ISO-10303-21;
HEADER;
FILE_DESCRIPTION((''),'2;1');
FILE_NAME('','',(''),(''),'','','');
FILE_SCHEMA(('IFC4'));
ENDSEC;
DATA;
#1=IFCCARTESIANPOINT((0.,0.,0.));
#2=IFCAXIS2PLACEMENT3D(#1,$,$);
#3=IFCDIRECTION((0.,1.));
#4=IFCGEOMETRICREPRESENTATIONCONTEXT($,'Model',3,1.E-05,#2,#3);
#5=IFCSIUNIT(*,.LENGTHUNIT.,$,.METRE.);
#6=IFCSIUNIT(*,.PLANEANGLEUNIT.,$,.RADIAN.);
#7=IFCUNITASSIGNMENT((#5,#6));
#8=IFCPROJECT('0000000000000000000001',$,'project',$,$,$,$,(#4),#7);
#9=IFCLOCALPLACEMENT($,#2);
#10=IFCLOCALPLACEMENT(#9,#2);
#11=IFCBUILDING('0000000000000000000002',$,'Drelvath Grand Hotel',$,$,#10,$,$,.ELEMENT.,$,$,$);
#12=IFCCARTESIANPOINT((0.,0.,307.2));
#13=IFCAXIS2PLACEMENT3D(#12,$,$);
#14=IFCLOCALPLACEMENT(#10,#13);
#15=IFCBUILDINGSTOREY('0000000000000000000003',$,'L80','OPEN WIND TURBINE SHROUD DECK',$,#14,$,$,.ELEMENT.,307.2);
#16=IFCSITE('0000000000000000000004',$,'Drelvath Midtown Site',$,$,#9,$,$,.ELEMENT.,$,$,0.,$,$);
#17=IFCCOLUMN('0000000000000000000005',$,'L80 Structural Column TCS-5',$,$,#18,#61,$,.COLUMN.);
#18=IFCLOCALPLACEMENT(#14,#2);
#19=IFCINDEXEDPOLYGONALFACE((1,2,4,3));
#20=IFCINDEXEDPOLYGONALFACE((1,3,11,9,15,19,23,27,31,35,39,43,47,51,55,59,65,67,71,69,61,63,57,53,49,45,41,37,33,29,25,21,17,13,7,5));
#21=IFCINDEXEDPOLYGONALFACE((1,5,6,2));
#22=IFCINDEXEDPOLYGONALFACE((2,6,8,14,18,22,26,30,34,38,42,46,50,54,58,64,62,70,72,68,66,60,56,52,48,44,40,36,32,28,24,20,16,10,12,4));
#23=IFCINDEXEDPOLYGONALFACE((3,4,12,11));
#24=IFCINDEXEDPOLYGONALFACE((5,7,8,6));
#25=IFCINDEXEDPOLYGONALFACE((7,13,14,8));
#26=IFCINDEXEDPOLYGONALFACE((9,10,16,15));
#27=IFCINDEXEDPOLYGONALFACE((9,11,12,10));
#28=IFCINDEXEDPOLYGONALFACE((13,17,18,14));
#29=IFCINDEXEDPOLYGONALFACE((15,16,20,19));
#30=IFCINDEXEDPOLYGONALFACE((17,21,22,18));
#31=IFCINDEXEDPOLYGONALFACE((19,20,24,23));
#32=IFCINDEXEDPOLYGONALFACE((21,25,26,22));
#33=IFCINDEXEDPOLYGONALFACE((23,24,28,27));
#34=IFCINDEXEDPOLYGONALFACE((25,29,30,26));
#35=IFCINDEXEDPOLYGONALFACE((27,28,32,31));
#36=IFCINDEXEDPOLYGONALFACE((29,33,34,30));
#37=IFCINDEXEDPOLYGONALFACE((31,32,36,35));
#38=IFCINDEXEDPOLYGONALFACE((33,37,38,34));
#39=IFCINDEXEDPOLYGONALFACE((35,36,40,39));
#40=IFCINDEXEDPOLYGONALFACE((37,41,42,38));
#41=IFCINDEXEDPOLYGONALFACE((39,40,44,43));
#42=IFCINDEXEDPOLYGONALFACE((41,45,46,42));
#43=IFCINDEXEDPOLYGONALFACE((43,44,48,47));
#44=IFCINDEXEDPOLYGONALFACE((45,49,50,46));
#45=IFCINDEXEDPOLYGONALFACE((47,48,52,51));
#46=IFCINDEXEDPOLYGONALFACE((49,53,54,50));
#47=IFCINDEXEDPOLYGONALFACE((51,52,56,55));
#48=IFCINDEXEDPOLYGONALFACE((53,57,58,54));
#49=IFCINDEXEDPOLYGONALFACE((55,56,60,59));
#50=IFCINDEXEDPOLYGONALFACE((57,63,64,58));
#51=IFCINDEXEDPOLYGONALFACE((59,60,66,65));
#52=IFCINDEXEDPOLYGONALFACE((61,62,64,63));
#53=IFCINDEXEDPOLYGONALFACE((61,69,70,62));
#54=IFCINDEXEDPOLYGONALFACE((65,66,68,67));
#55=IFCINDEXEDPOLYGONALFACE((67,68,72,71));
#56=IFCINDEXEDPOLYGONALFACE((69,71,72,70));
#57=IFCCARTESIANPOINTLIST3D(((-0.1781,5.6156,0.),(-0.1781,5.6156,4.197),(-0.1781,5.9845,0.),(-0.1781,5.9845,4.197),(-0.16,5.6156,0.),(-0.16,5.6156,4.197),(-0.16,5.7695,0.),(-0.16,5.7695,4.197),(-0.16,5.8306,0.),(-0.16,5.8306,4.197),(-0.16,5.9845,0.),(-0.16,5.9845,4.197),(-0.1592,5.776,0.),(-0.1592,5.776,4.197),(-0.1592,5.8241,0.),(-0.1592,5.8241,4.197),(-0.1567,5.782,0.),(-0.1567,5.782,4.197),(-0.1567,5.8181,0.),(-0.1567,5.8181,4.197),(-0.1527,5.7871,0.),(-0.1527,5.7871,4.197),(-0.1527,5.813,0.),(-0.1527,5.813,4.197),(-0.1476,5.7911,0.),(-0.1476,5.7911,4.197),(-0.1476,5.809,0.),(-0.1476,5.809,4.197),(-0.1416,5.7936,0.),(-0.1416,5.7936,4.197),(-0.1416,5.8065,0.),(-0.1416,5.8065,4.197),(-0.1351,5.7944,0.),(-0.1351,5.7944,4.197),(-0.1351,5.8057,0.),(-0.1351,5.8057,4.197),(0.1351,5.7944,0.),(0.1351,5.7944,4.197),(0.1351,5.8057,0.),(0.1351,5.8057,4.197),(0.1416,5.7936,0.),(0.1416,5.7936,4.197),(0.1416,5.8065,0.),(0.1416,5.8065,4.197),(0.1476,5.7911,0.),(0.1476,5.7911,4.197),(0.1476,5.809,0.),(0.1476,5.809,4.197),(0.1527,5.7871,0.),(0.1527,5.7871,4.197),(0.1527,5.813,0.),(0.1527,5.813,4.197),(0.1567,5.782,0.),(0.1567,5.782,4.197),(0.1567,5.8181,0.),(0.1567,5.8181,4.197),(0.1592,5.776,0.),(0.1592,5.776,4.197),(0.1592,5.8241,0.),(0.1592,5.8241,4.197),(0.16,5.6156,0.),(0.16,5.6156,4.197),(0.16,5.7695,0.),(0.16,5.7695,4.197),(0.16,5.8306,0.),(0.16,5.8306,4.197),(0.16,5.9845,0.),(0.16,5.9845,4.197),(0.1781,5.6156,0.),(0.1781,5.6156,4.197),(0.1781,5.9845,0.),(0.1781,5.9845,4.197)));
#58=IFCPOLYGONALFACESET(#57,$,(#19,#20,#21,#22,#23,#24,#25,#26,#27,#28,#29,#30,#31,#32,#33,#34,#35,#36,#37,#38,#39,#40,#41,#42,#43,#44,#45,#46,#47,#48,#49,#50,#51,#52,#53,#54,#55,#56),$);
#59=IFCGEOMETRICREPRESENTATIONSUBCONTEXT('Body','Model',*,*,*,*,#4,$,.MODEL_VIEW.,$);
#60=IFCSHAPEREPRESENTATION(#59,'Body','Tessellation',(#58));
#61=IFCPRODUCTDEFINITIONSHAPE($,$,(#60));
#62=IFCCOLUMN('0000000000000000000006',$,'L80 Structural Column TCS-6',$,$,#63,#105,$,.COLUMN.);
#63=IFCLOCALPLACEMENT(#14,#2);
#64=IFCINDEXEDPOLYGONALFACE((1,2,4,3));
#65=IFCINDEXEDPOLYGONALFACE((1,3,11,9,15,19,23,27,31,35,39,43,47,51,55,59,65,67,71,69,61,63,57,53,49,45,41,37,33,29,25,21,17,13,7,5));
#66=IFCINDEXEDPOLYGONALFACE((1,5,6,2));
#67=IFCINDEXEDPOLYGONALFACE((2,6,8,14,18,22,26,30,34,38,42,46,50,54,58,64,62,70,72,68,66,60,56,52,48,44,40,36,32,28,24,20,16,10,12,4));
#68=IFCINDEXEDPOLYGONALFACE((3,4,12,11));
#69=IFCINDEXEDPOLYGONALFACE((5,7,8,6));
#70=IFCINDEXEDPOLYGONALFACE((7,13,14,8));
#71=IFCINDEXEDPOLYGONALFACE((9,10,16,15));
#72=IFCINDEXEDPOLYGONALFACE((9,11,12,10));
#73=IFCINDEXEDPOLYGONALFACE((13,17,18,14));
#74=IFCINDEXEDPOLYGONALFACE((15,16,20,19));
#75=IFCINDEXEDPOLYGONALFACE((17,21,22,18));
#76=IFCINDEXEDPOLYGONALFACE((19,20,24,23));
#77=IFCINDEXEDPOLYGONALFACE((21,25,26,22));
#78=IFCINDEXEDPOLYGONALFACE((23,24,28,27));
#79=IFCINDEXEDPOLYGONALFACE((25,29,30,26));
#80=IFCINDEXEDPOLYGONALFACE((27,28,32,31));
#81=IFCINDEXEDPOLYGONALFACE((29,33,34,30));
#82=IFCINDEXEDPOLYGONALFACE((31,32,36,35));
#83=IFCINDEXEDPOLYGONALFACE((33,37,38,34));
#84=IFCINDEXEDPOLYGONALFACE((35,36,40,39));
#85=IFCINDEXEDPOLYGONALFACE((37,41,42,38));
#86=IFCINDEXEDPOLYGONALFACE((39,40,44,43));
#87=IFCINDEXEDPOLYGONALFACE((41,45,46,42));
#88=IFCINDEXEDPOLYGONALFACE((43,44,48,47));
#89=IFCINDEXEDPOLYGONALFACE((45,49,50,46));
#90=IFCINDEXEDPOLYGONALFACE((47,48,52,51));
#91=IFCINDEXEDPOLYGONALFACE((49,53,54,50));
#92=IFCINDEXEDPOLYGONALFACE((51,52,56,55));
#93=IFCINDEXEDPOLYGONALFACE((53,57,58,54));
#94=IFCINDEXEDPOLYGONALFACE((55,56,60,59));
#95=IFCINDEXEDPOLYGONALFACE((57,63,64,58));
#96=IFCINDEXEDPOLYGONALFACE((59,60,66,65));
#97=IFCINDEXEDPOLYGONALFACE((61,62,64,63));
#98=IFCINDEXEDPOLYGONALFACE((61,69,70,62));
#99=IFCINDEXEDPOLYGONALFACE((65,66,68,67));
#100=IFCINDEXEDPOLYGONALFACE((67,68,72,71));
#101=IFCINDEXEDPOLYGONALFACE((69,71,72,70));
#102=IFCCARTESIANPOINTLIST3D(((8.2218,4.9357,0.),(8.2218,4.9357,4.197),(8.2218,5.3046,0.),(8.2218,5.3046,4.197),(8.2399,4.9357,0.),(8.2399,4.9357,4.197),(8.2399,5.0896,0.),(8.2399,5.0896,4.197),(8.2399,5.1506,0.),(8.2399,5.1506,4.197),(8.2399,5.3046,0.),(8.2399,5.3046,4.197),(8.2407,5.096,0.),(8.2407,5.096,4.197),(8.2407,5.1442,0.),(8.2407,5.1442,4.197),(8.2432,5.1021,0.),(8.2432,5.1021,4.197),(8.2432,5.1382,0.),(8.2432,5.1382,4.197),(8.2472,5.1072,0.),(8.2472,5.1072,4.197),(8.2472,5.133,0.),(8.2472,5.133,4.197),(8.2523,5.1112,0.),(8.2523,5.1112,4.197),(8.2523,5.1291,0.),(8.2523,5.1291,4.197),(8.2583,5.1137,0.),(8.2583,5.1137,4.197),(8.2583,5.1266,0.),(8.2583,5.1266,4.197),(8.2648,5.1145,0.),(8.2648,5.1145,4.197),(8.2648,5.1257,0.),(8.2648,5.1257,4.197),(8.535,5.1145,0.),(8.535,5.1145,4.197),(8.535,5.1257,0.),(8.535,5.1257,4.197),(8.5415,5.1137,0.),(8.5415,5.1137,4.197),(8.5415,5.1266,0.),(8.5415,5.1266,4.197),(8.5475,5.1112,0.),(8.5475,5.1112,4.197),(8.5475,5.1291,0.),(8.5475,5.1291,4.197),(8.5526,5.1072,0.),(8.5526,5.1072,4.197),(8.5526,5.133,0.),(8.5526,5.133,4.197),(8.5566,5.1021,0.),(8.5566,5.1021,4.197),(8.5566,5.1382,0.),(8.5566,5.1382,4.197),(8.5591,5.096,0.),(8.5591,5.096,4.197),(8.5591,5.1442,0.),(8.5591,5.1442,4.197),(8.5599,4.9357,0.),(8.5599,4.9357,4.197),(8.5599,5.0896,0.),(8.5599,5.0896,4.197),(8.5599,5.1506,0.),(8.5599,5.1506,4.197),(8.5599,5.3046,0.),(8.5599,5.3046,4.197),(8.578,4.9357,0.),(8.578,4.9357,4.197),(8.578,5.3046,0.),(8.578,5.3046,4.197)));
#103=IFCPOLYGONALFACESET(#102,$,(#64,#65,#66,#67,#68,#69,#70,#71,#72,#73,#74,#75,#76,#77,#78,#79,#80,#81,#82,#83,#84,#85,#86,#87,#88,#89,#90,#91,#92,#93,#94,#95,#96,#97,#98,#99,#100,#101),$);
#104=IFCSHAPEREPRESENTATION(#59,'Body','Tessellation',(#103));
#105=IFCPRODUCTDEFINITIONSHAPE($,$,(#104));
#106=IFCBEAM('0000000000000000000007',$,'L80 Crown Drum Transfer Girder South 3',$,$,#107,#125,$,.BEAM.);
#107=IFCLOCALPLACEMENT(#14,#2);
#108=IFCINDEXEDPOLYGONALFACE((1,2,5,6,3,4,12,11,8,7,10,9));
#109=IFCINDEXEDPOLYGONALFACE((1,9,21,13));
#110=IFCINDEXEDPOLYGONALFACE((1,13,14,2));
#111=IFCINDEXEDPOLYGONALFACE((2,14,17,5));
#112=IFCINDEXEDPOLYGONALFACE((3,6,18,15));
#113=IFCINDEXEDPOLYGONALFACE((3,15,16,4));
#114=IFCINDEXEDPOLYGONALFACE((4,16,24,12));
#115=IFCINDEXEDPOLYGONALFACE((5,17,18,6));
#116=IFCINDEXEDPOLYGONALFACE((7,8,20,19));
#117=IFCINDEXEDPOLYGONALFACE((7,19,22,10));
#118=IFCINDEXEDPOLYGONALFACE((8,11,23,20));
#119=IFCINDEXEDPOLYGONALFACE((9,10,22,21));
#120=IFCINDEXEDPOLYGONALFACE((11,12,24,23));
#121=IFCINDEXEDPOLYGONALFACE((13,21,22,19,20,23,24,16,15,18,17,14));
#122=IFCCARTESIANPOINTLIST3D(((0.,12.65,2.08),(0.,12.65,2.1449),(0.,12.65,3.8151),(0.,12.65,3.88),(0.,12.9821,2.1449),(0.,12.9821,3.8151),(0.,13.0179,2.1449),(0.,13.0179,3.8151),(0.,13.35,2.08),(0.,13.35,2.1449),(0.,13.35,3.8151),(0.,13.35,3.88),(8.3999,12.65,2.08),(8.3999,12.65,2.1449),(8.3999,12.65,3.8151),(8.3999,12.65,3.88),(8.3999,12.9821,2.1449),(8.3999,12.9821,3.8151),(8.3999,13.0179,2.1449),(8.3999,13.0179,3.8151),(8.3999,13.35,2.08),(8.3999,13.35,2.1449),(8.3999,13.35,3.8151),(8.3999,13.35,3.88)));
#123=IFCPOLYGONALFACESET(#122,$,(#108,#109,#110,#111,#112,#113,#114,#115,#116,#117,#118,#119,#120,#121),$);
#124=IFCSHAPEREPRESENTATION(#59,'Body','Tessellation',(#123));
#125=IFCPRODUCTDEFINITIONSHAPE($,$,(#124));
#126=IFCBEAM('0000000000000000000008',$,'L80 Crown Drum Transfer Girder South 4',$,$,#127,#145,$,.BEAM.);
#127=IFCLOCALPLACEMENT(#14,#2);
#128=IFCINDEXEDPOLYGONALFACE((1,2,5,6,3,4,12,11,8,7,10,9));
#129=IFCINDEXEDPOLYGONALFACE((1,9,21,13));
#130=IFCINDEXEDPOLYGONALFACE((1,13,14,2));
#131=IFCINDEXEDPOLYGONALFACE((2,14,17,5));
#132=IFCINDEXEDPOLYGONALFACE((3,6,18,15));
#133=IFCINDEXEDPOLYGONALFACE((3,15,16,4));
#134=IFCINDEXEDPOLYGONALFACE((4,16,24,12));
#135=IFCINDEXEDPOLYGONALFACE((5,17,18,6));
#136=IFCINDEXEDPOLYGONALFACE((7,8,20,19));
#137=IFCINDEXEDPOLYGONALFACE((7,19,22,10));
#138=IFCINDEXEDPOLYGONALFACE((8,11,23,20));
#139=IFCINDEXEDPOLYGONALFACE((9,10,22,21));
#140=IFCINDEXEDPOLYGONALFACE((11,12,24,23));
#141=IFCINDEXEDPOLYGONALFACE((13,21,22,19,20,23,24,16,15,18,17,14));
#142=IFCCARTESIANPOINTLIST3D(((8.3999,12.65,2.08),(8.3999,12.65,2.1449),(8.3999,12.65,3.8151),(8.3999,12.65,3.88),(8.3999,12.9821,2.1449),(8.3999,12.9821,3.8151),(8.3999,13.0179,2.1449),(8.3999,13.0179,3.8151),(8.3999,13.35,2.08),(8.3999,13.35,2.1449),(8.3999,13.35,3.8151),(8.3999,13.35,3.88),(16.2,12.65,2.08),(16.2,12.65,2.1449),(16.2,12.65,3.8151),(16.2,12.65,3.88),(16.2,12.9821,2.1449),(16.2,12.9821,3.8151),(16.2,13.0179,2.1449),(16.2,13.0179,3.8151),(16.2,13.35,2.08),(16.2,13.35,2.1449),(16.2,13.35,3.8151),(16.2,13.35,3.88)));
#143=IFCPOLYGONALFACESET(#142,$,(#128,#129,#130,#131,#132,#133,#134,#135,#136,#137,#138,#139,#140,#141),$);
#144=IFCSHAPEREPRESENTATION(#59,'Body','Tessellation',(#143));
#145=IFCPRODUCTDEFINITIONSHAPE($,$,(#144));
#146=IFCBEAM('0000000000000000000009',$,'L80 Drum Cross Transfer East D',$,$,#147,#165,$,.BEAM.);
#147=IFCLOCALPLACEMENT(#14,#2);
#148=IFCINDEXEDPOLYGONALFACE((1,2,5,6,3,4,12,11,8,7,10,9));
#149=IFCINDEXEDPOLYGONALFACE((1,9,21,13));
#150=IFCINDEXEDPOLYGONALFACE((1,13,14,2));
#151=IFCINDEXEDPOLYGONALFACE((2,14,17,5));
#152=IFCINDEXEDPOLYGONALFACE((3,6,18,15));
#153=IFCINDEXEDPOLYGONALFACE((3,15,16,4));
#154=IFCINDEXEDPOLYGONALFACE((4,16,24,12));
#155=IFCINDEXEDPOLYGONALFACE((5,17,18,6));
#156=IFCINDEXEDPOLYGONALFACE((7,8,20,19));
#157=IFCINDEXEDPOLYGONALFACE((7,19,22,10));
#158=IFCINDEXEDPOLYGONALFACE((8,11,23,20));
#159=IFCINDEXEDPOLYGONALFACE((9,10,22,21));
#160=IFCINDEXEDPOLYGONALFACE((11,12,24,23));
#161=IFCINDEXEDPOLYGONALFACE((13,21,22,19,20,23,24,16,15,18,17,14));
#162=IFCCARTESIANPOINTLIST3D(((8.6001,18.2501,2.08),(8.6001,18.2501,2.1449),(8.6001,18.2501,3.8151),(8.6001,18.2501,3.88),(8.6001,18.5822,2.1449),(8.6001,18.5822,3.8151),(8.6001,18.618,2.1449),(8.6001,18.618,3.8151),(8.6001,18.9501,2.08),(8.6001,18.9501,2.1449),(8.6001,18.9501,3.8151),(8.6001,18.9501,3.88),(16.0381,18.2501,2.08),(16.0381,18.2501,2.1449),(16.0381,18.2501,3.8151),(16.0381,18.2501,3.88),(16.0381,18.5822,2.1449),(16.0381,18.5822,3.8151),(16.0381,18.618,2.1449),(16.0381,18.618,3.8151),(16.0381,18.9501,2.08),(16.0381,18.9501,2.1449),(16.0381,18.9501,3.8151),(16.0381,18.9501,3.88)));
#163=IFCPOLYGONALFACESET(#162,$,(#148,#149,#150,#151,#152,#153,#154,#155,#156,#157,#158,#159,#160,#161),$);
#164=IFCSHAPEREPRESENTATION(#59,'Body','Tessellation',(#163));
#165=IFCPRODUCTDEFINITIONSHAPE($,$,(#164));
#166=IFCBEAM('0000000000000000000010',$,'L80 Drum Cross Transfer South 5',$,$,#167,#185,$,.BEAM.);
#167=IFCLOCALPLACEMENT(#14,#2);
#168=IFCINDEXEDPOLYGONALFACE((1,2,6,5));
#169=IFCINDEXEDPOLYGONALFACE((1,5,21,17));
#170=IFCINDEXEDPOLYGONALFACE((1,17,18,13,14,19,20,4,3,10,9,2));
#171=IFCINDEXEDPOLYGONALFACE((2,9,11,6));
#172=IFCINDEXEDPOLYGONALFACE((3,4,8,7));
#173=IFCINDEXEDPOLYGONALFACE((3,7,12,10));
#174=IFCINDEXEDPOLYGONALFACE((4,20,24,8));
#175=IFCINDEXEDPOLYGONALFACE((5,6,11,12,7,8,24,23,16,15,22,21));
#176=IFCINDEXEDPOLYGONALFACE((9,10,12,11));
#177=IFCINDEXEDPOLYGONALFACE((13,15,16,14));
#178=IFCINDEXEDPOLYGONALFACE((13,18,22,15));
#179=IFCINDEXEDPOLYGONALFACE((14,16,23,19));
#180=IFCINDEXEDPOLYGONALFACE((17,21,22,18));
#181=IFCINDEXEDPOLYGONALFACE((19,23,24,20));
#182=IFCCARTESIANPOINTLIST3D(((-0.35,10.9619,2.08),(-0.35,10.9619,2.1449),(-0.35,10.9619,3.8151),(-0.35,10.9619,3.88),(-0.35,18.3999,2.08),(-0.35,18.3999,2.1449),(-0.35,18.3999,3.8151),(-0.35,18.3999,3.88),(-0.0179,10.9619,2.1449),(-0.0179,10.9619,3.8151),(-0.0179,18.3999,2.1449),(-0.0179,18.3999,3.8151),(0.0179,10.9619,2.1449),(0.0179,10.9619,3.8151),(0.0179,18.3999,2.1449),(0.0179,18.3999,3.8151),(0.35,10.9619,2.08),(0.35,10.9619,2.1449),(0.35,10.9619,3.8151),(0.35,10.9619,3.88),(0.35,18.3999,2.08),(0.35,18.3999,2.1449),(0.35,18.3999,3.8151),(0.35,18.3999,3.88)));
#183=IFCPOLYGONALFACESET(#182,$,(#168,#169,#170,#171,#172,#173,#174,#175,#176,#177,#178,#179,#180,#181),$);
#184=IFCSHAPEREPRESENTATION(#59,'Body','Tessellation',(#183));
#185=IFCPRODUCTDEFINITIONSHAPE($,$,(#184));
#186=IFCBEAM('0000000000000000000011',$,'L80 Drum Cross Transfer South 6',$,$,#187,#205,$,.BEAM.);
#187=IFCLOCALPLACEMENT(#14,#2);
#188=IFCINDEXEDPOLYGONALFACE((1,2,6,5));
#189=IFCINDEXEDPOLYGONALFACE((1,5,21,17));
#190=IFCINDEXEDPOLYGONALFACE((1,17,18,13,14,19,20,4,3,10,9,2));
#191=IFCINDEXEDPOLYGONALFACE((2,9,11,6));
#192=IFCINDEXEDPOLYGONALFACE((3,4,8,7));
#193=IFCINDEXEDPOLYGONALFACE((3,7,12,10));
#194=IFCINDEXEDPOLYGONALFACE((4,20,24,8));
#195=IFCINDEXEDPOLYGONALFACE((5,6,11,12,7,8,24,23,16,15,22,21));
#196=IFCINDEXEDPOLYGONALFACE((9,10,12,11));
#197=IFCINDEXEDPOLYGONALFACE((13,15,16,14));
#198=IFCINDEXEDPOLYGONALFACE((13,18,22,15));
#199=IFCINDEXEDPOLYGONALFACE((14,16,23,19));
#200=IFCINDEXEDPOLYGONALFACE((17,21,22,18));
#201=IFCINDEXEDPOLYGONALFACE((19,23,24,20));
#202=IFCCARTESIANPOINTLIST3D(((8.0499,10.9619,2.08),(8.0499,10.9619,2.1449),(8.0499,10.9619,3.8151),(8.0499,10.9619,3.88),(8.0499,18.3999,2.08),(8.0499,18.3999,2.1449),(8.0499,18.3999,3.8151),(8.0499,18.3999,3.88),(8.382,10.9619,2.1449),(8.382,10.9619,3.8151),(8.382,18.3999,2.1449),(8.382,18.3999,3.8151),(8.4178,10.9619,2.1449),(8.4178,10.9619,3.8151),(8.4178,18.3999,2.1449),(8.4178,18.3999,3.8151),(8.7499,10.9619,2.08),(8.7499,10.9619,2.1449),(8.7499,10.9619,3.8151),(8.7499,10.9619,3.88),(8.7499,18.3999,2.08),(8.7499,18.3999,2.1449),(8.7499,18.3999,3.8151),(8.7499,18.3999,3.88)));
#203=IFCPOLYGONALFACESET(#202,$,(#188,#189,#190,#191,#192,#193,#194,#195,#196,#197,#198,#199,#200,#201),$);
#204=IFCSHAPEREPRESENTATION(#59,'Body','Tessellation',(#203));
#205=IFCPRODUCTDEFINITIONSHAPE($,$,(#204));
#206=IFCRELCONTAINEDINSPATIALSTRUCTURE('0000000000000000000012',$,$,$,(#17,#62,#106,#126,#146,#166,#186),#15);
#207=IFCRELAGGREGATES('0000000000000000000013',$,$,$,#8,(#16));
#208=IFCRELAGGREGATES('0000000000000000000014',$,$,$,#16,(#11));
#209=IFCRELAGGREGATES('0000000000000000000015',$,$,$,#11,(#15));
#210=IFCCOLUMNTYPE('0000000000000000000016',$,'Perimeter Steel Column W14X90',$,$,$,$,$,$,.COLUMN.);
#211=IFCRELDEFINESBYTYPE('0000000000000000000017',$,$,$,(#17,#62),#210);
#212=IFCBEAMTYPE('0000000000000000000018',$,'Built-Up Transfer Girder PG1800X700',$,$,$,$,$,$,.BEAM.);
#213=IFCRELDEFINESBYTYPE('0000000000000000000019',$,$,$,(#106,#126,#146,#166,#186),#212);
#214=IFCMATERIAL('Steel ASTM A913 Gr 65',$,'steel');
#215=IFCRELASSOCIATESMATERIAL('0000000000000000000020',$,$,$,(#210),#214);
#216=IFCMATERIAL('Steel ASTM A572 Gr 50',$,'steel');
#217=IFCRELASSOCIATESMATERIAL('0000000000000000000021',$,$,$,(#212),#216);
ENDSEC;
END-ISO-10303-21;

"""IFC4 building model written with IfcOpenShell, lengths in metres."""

from ifc_helpers import new_model, si_unit, direction, frame, origin, origin_2d, place, context, subcontext, project, spatial, i_section, extrude, material, material_profile, profile_set, type_object, element, save


model = new_model("IFC4")

# Units and contexts
model_context = context("Model", 3, precision=1e-05, world=origin(), true_north=direction((0.0, 1.0)))
body_context = subcontext(model_context, "Body", "Model", "MODEL_VIEW")
ifc_project = project(units=[si_unit("LENGTHUNIT", "METRE"), si_unit("PLANEANGLEUNIT", "RADIAN")], contexts=[model_context])

# Site, building, storey
site_placement = place(None, origin())
site = spatial("IfcSite", under=ifc_project, at=site_placement, Name="Drelvath Midtown Site", CompositionType="ELEMENT", RefElevation=0.0)
building_placement = place(site_placement, origin())
building = spatial("IfcBuilding", under=site, at=building_placement, Name="Drelvath Grand Hotel", CompositionType="ELEMENT")
storey_placement = place(building_placement, frame((0.0, 0.0, 307.2)))
storey = spatial("IfcBuildingStorey", under=building, at=storey_placement, Name="L80", Description="OPEN WIND TURBINE SHROUD DECK", CompositionType="ELEMENT", Elevation=307.2)

# Columns
ifc_material_1 = material(Name="Steel ASTM A913 Gr 65", Category="steel")
ifc_material_profile_1 = material_profile(ifc_material_1, i_section(OverallWidth=0.3689, OverallDepth=0.3562, WebThickness=0.0112, FlangeThickness=0.0181, FilletRadius=0.0249, at=origin_2d()), Name="W14X90")
ifc_profile_set_1 = profile_set([ifc_material_profile_1], Name="Steel ASTM A913 Gr 65")
column_type = type_object("IfcColumnType", Name="Perimeter Steel Column W14X90", PredefinedType="COLUMN", material=ifc_profile_set_1)
for number, where, z_axis, x_axis, name in (
    (1, (0.0, 5.8, 0.0), (0.0, 0.0, 1.0), (0.0, 1.0, 0.0), "L80 Structural Column TCS-5"),
    (2, (8.3999, 5.1201, 0.0), (0.0, 0.0, 1.0), (0.0, 1.0, 0.0), "L80 Structural Column TCS-6"),
):
    element("IfcColumn", number, at=place(storey_placement, frame(where, z_axis=z_axis, x_axis=x_axis)), inside=storey, type_object=column_type, Name=name, PredefinedType="COLUMN", context=body_context, shape_type="SweptSolid", body=[
        extrude(i_section(OverallWidth=0.3689, OverallDepth=0.3562, WebThickness=0.0112, FlangeThickness=0.0181, FilletRadius=0.0249, at=origin_2d()), origin(), (0.0, 0.0, 1.0), 4.197),
    ])

# Beams
ifc_material_2 = material(Name="Steel ASTM A572 Gr 50", Category="steel")
ifc_material_profile_2 = material_profile(ifc_material_2, i_section(OverallWidth=0.7, OverallDepth=1.8, WebThickness=0.0359, FlangeThickness=0.0649, at=origin_2d()), Name="PG1800X700")
ifc_profile_set_2 = profile_set([ifc_material_profile_2], Name="Steel ASTM A572 Gr 50")
beam_type_1 = type_object("IfcBeamType", Name="Built-Up Transfer Girder PG1800X700", PredefinedType="BEAM", material=ifc_profile_set_2)
beam_1_placement = place(storey_placement, frame((0.0, 13.0, 2.98), z_axis=(1.0, 0.0, 0.0), x_axis=(0.0, 1.0, 0.0)))
element("IfcBeam", 3, at=beam_1_placement, inside=storey, type_object=beam_type_1, Name="L80 Crown Drum Transfer Girder South 3", PredefinedType="BEAM", context=body_context, shape_type="SweptSolid", body=[
    extrude(i_section(OverallWidth=0.7, OverallDepth=1.8, WebThickness=0.0359, FlangeThickness=0.0649, at=origin_2d()), origin(), (0.0, 0.0, 1.0), 8.3999),
])
beam_2_placement = place(storey_placement, frame((8.3999, 13.0, 2.98), z_axis=(1.0, 0.0, 0.0), x_axis=(0.0, 1.0, 0.0)))
element("IfcBeam", 4, at=beam_2_placement, inside=storey, type_object=beam_type_1, Name="L80 Crown Drum Transfer Girder South 4", PredefinedType="BEAM", context=body_context, shape_type="SweptSolid", body=[
    extrude(i_section(OverallWidth=0.7, OverallDepth=1.8, WebThickness=0.0359, FlangeThickness=0.0649, at=origin_2d()), origin(), (0.0, 0.0, 1.0), 7.8),
])
for number, where, z_axis, x_axis, name in (
    (5, (8.6001, 18.6001, 2.98), (1.0, 0.0, 0.0), (0.0, 1.0, 0.0), "L80 Drum Cross Transfer East D"),
    (6, (0.0, 10.9619, 2.98), (0.0, 1.0, 0.0), (-1.0, 0.0, 0.0), "L80 Drum Cross Transfer South 5"),
    (7, (8.3999, 10.9619, 2.98), (0.0, 1.0, 0.0), (-1.0, 0.0, 0.0), "L80 Drum Cross Transfer South 6"),
):
    element("IfcBeam", number, at=place(storey_placement, frame(where, z_axis=z_axis, x_axis=x_axis)), inside=storey, type_object=beam_type_1, Name=name, PredefinedType="BEAM", context=body_context, shape_type="SweptSolid", body=[
        extrude(i_section(OverallWidth=0.7, OverallDepth=1.8, WebThickness=0.0359, FlangeThickness=0.0649, at=origin_2d()), origin(), (0.0, 0.0, 1.0), 7.438),
    ])

save(model, "model.ifc")
